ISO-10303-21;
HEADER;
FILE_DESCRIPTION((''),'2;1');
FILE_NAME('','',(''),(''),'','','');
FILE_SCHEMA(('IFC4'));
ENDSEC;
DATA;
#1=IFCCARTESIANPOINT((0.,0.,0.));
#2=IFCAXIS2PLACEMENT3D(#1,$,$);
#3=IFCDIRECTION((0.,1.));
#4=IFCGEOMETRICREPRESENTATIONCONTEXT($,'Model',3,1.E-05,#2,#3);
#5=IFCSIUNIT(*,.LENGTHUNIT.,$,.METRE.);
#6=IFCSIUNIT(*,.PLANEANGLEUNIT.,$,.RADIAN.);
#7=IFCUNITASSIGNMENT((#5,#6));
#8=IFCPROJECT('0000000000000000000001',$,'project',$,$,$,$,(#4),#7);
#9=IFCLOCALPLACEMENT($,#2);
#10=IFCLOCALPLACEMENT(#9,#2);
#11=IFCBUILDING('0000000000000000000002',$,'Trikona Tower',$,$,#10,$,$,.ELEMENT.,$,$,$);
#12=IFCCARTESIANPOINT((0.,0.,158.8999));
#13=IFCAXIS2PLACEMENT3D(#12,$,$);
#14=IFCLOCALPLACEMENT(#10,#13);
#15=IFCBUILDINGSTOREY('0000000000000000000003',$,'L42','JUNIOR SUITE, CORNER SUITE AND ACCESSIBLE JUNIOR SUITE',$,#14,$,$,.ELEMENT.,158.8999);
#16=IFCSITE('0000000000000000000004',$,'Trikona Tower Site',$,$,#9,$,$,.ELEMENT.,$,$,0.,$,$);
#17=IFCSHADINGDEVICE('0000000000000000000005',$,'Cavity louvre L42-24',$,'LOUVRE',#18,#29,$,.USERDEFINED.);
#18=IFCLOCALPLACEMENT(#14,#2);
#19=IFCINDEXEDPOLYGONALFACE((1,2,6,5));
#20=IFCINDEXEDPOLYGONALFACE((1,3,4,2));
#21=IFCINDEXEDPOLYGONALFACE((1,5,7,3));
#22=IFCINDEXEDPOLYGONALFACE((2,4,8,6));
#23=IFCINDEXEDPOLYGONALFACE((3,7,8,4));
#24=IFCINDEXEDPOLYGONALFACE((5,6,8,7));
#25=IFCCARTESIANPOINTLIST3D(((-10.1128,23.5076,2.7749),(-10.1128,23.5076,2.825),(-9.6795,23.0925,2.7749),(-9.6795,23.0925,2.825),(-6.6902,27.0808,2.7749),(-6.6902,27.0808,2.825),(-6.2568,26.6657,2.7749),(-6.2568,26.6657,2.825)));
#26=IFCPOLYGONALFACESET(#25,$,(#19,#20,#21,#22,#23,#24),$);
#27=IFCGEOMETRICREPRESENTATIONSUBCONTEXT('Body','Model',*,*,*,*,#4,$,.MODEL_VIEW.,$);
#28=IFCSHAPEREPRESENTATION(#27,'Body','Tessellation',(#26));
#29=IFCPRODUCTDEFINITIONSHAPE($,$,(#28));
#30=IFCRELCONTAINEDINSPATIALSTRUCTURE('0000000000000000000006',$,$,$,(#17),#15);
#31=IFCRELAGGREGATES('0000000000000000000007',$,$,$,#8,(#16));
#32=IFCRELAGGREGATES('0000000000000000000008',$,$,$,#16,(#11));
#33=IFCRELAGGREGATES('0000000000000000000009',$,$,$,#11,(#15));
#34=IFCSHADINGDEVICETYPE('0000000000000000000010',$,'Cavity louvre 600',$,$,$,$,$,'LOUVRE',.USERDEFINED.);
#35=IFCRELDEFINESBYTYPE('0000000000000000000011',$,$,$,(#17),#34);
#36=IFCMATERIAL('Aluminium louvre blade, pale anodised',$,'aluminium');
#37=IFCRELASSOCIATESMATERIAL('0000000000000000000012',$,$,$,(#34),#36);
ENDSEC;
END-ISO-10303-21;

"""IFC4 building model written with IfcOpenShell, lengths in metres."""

from ifc_helpers import new_model, si_unit, direction, frame, origin, origin_2d, place, context, subcontext, project, spatial, rectangle, extrude, material, type_object, element, save


model = new_model("IFC4")

# Units and contexts
model_context = context("Model", 3, precision=1e-05, world=origin(), true_north=direction((0.0, 1.0)))
body_context = subcontext(model_context, "Body", "Model", "MODEL_VIEW")
ifc_project = project(units=[si_unit("LENGTHUNIT", "METRE"), si_unit("PLANEANGLEUNIT", "RADIAN")], contexts=[model_context])

# Site, building, storey
site_placement = place(None, origin())
site = spatial("IfcSite", under=ifc_project, at=site_placement, Name="Trikona Tower Site", CompositionType="ELEMENT", RefElevation=0.0)
building_placement = place(site_placement, origin())
building = spatial("IfcBuilding", under=site, at=building_placement, Name="Trikona Tower", CompositionType="ELEMENT")
storey_placement = place(building_placement, frame((0.0, 0.0, 158.8999)))
storey = spatial("IfcBuildingStorey", under=building, at=storey_placement, Name="L42", Description="JUNIOR SUITE, CORNER SUITE AND ACCESSIBLE JUNIOR SUITE", CompositionType="ELEMENT", Elevation=158.8999)

# Shading device
ifc_material_1 = material(Name="Aluminium louvre blade, pale anodised", Category="aluminium")
shading_device_type = type_object("IfcShadingDeviceType", Name="Cavity louvre 600", ElementType="LOUVRE", PredefinedType="USERDEFINED", material=ifc_material_1)
shading_device_placement = place(storey_placement, frame((-8.1848, 25.0867, 2.7749), z_axis=(0.0, 0.0, 1.0), x_axis=(-0.691724, -0.722162, 0.0)))
element("IfcShadingDevice", 1, at=shading_device_placement, inside=storey, type_object=shading_device_type, Name="Cavity louvre L42-24", ObjectType="LOUVRE", PredefinedType="USERDEFINED", context=body_context, shape_type="SweptSolid", body=[
    extrude(rectangle(XDim=4.948, YDim=0.6001, at=origin_2d()), origin(), (0.0, 0.0, 1.0), 0.05),
])

save(model, "model.ifc")
